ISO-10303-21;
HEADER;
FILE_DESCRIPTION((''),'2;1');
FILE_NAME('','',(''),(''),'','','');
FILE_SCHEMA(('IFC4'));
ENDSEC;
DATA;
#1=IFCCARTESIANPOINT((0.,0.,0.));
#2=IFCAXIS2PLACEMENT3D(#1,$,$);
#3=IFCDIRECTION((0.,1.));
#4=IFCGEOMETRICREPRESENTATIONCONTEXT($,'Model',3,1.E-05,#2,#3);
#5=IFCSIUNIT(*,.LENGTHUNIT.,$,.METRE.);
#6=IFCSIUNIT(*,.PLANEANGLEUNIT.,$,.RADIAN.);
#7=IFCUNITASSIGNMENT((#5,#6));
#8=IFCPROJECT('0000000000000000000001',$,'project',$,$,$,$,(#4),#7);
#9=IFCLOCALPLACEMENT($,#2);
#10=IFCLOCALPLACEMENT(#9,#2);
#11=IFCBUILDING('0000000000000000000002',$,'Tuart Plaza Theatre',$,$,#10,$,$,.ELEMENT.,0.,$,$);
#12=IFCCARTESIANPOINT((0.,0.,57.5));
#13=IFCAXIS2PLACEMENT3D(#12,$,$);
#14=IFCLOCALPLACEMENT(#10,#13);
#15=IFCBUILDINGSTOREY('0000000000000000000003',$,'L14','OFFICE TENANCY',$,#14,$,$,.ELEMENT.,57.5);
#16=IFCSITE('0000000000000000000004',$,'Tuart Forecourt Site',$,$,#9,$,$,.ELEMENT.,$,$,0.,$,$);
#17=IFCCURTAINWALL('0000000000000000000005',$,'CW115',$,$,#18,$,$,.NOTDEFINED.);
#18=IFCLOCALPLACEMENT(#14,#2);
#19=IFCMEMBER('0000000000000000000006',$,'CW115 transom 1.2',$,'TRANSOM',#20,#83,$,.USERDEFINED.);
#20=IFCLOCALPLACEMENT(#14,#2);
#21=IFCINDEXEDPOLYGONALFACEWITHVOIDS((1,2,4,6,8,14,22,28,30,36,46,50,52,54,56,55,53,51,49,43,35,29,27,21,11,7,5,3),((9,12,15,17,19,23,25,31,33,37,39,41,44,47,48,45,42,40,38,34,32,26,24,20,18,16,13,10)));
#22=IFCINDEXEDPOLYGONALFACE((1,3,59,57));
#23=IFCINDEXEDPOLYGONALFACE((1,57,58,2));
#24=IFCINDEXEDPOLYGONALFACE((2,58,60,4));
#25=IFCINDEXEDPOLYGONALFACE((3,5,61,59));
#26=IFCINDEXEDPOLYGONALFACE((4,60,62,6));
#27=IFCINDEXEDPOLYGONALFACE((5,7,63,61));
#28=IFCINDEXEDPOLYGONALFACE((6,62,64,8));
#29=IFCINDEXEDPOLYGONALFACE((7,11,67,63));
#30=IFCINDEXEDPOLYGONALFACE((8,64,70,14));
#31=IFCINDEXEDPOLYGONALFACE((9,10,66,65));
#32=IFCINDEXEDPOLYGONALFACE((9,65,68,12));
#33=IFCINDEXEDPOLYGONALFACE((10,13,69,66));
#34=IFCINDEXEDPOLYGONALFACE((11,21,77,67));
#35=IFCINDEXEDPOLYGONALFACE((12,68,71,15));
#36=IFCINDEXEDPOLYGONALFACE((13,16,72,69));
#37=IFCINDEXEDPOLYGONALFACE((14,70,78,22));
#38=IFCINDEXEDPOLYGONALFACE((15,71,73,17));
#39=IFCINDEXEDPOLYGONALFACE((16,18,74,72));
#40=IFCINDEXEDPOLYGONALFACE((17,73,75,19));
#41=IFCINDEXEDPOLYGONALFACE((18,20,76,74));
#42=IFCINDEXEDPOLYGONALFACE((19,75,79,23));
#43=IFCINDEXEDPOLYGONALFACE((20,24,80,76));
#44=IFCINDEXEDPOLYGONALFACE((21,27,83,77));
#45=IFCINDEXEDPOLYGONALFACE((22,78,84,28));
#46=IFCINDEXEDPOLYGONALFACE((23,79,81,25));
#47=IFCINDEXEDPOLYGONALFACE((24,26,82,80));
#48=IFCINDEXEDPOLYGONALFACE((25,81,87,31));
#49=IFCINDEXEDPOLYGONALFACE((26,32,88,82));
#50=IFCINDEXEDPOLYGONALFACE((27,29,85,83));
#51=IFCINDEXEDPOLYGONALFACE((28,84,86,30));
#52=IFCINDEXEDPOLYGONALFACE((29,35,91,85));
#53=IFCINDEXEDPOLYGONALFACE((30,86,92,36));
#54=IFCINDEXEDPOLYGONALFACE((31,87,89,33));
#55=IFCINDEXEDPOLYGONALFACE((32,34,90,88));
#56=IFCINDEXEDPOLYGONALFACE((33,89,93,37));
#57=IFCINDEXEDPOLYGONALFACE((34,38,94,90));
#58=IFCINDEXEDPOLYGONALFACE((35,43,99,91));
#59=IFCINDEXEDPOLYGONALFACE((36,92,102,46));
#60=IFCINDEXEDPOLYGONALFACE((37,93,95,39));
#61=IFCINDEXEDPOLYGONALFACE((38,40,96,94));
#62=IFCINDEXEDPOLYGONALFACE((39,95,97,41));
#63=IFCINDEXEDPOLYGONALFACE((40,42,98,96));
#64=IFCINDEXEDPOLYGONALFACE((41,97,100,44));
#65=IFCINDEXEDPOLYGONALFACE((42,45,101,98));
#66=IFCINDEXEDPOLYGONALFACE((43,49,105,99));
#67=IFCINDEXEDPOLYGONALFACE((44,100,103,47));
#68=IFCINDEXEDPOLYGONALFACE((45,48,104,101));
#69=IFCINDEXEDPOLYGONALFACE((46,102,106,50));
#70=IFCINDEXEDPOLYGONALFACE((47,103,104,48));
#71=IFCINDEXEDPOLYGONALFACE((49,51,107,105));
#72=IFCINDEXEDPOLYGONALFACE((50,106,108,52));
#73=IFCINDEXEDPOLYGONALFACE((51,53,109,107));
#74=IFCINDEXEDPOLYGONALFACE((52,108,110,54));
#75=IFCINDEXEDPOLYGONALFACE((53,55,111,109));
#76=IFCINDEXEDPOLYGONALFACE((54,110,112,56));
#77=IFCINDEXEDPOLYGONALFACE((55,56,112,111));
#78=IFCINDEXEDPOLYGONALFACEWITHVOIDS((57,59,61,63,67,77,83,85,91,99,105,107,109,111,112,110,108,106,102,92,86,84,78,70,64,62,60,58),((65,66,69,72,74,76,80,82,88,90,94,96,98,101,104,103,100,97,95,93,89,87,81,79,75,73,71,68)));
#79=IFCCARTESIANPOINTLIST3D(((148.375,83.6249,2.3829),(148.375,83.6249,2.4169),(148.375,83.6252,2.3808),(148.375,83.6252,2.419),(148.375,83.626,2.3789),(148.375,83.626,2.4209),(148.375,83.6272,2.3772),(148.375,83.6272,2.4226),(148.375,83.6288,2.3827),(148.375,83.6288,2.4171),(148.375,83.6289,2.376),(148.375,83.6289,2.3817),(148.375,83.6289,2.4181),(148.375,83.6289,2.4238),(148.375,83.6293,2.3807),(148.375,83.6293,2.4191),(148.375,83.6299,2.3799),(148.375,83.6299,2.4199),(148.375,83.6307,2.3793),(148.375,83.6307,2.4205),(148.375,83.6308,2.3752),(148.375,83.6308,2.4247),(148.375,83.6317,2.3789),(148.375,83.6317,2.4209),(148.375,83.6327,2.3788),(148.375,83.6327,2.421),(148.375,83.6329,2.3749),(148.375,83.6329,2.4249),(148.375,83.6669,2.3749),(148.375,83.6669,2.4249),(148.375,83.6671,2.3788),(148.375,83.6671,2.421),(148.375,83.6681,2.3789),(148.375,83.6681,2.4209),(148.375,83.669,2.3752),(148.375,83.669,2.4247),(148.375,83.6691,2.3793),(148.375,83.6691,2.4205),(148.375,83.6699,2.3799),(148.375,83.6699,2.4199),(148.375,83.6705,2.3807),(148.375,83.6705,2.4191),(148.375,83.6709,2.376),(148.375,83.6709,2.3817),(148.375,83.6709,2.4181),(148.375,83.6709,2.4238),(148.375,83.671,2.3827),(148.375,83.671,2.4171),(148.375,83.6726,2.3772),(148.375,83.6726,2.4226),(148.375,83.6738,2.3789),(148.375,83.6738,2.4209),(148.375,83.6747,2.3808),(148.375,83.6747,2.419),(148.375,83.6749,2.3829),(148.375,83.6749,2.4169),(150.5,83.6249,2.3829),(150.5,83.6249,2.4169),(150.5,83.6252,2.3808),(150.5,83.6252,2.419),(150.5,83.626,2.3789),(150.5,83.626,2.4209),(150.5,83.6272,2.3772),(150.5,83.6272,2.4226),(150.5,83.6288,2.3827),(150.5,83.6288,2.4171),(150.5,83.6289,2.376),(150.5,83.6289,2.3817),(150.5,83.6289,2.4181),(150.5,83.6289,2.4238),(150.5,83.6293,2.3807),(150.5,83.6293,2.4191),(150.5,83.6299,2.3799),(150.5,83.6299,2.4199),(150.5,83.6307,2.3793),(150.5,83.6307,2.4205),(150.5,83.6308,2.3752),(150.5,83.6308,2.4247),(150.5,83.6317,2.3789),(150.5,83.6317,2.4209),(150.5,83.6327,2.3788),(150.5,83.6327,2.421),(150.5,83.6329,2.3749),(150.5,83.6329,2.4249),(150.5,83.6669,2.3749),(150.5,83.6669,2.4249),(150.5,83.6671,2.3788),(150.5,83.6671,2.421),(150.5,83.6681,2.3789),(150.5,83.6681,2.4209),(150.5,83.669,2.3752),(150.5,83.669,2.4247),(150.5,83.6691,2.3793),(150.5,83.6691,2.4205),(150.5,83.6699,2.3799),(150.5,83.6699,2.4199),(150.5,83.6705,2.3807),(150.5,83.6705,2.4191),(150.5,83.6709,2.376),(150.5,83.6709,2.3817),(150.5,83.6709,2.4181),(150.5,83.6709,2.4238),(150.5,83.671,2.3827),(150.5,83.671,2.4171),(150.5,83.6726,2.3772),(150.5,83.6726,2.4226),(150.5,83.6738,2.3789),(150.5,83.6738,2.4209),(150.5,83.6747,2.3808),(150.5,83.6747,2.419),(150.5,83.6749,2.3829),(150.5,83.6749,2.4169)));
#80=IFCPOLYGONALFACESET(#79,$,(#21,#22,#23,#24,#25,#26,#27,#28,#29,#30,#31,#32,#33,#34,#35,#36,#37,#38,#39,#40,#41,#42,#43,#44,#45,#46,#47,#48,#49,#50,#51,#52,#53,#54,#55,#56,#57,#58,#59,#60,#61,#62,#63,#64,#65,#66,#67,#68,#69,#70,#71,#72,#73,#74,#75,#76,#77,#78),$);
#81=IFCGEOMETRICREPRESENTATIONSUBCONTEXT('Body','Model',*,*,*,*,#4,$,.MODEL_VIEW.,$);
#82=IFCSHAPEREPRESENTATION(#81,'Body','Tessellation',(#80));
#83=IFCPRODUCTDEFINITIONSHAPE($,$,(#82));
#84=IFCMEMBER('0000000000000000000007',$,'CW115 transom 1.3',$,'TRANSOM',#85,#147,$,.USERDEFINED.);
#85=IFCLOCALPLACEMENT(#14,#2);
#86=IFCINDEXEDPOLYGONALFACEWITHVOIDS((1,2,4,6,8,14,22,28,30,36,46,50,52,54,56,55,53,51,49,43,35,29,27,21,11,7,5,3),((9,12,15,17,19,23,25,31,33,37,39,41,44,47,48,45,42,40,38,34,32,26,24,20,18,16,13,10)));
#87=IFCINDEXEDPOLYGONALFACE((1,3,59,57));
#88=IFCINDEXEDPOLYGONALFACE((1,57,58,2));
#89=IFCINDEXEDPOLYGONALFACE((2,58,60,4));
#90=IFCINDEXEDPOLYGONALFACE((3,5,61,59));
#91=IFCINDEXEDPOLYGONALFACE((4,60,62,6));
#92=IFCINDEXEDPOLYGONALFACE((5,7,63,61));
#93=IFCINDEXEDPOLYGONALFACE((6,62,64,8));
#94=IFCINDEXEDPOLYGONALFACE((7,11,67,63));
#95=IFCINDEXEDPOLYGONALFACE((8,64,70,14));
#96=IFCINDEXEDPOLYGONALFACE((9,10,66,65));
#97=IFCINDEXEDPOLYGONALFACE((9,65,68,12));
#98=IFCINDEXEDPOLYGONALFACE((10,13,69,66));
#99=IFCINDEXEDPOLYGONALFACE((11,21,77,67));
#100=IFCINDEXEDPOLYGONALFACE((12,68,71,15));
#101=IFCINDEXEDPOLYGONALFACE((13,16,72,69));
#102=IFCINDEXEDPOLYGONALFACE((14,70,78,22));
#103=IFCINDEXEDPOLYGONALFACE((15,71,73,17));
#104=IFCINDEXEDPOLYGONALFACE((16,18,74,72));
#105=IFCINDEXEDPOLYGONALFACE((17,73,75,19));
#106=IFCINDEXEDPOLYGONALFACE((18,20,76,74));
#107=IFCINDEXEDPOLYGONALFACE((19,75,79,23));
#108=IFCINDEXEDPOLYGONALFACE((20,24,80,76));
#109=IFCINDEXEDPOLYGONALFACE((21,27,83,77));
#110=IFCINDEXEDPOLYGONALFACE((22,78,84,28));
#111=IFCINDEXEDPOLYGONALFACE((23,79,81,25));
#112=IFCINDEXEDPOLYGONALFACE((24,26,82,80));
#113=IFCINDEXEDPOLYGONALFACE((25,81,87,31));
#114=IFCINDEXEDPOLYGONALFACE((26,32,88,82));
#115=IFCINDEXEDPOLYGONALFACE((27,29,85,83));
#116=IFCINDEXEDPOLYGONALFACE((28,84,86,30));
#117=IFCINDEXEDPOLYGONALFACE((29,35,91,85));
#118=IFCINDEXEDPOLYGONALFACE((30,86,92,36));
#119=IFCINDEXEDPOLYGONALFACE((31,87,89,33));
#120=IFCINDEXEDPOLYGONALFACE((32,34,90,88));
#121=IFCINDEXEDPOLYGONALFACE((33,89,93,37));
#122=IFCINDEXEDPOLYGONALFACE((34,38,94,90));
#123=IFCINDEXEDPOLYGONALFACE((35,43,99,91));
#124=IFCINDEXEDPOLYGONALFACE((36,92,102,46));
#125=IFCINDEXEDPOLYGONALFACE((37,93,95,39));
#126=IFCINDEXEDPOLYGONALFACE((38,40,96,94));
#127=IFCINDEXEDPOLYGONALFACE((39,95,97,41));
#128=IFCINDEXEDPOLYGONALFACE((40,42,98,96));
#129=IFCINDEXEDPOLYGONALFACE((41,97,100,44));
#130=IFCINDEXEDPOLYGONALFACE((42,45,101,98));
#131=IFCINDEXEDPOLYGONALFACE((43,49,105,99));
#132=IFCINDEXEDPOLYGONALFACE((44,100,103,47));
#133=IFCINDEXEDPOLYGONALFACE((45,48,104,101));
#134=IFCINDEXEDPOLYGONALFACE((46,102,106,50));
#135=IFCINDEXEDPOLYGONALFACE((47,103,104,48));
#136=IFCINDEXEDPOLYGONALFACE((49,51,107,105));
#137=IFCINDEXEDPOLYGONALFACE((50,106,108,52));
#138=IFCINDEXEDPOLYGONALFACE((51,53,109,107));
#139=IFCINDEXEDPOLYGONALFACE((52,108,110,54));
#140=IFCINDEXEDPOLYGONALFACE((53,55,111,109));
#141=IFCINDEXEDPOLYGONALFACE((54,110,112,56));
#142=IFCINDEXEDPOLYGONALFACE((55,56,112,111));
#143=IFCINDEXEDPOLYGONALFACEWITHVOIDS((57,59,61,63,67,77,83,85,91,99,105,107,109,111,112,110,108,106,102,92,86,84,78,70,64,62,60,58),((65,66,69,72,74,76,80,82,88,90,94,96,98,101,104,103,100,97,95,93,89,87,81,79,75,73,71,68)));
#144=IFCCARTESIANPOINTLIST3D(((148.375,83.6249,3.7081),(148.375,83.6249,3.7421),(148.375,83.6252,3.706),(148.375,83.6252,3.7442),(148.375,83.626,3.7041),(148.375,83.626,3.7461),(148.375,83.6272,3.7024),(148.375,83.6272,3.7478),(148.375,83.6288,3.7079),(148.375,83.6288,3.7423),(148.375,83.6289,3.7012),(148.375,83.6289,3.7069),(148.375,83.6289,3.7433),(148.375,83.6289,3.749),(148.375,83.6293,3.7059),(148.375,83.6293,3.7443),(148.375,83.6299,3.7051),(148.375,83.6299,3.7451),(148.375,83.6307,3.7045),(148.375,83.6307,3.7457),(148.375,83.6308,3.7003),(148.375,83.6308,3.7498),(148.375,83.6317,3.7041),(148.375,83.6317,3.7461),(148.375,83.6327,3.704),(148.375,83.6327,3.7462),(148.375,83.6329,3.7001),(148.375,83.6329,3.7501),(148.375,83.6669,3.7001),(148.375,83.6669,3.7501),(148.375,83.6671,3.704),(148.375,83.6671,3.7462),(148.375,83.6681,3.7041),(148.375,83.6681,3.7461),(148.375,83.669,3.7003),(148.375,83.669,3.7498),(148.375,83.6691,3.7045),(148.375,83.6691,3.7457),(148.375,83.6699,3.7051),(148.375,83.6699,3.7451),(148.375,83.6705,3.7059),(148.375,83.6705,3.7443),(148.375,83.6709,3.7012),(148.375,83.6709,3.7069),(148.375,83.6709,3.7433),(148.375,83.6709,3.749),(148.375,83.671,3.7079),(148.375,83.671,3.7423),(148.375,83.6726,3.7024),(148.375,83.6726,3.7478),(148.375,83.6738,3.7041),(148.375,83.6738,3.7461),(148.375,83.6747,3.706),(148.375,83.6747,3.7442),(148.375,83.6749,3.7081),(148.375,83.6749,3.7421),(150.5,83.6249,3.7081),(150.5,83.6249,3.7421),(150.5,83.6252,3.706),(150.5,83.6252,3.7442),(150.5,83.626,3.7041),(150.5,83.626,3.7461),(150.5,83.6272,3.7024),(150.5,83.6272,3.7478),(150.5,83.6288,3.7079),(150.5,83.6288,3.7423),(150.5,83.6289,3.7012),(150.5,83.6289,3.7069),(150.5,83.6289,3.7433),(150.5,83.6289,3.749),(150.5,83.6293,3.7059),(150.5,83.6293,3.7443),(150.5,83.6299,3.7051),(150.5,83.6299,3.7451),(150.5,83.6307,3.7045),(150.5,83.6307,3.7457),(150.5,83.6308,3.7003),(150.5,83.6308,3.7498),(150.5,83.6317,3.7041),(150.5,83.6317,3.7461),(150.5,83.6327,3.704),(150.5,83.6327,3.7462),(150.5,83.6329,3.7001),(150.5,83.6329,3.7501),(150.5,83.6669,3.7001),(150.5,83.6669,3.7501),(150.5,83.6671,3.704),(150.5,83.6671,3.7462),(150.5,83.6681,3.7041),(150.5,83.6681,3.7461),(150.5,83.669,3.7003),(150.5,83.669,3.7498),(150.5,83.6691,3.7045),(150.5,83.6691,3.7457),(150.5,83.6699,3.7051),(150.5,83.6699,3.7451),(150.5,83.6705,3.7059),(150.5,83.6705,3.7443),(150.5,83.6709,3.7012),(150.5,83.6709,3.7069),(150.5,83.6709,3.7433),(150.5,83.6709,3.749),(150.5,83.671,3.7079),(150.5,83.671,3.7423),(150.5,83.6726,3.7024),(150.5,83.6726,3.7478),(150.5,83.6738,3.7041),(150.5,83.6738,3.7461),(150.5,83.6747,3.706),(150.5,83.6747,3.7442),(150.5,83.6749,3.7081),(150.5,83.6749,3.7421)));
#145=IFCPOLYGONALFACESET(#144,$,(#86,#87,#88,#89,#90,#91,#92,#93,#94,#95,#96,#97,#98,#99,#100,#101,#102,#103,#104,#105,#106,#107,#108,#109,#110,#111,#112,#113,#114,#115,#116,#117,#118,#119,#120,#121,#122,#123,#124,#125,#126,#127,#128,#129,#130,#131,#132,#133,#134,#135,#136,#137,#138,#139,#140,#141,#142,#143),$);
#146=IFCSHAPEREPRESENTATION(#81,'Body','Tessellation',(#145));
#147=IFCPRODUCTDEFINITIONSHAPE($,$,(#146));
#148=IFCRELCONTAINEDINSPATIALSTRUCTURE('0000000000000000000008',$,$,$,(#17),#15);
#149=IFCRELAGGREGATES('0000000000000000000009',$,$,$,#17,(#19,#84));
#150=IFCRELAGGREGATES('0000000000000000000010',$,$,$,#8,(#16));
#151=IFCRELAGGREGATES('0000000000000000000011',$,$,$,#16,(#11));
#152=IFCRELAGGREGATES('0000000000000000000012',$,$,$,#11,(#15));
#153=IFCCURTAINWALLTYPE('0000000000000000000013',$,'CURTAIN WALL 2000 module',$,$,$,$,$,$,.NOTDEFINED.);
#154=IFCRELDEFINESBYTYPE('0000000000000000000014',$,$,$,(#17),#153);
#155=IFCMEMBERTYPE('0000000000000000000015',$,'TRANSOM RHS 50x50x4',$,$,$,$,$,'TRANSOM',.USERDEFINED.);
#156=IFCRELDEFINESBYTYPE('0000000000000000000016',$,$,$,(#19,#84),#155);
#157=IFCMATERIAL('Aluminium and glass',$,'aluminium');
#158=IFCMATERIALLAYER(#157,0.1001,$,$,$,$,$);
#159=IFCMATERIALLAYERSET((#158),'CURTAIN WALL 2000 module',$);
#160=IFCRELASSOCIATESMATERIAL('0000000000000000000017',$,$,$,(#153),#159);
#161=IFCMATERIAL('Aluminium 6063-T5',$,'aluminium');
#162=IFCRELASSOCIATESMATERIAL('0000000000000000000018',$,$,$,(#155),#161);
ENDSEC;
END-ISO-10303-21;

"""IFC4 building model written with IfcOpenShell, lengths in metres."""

from ifc_helpers import new_model, si_unit, direction, frame, origin, origin_2d, place, context, subcontext, project, spatial, hollow_rectangle, extrude, material, layer, layer_set, material_profile, profile_set, type_object, element, aggregate, save


model = new_model("IFC4")

# Units and contexts
model_context = context("Model", 3, precision=1e-05, world=origin(), true_north=direction((0.0, 1.0)))
body_context = subcontext(model_context, "Body", "Model", "MODEL_VIEW")
ifc_project = project(units=[si_unit("LENGTHUNIT", "METRE"), si_unit("PLANEANGLEUNIT", "RADIAN")], contexts=[model_context])

# Site, building, storey
site_placement = place(None, origin())
site = spatial("IfcSite", under=ifc_project, at=site_placement, Name="Tuart Forecourt Site", CompositionType="ELEMENT", RefElevation=0.0)
building_placement = place(site_placement, origin())
building = spatial("IfcBuilding", under=site, at=building_placement, Name="Tuart Plaza Theatre", CompositionType="ELEMENT", ElevationOfRefHeight=0.0)
storey_placement = place(building_placement, frame((0.0, 0.0, 57.5)))
storey = spatial("IfcBuildingStorey", under=building, at=storey_placement, Name="L14", Description="OFFICE TENANCY", CompositionType="ELEMENT", Elevation=57.5)

# Shared definitions
ifc_material_1 = material(Name="Aluminium and glass", Category="aluminium")
ifc_layer_1 = layer(ifc_material_1, 0.1001)
ifc_layer_set_1 = layer_set([ifc_layer_1], Name="CURTAIN WALL 2000 module")
curtain_wall_type = type_object("IfcCurtainWallType", Name="CURTAIN WALL 2000 module", PredefinedType="NOTDEFINED", material=ifc_layer_set_1)

# Curtain wall
curtain_wall_1_placement = place(storey_placement, origin())
curtain_wall_1 = element("IfcCurtainWall", 1, at=curtain_wall_1_placement, inside=storey, type_object=curtain_wall_type, Name="CW115", PredefinedType="NOTDEFINED")

# Members
ifc_material_2 = material(Name="Aluminium 6063-T5", Category="aluminium")
ifc_material_profile_1 = material_profile(ifc_material_2, hollow_rectangle(XDim=0.05, YDim=0.05, WallThickness=0.0039, InnerFilletRadius=0.0039, OuterFilletRadius=0.0081, at=origin_2d()), Name="RHS 50x50x4")
ifc_profile_set_1 = profile_set([ifc_material_profile_1], Name="Aluminium 6063-T5")
member_type_1 = type_object("IfcMemberType", Name="TRANSOM RHS 50x50x4", ElementType="TRANSOM", PredefinedType="USERDEFINED", material=ifc_profile_set_1)
member_1_placement = place(storey_placement, frame((150.5, 83.6499, 2.3999), z_axis=(-1.0, 0.0, 0.0), x_axis=(0.0, -1.0, 0.0)))
member_1 = element("IfcMember", 2, at=member_1_placement, type_object=member_type_1, Name="CW115 transom 1.2", ObjectType="TRANSOM", PredefinedType="USERDEFINED", context=body_context, shape_type="SweptSolid", body=[
    extrude(hollow_rectangle(XDim=0.05, YDim=0.05, WallThickness=0.0039, InnerFilletRadius=0.0039, OuterFilletRadius=0.0081, at=origin_2d()), origin(), (0.0, 0.0, 1.0), 2.125),
])
member_2_placement = place(storey_placement, frame((150.5, 83.6499, 3.7251), z_axis=(-1.0, 0.0, 0.0), x_axis=(0.0, -1.0, 0.0)))
member_2 = element("IfcMember", 3, at=member_2_placement, type_object=member_type_1, Name="CW115 transom 1.3", ObjectType="TRANSOM", PredefinedType="USERDEFINED", context=body_context, shape_type="SweptSolid", body=[
    extrude(hollow_rectangle(XDim=0.05, YDim=0.05, WallThickness=0.0039, InnerFilletRadius=0.0039, OuterFilletRadius=0.0081, at=origin_2d()), origin(), (0.0, 0.0, 1.0), 2.125),
])

aggregate(curtain_wall_1, [member_1, member_2])

save(model, "model.ifc")
